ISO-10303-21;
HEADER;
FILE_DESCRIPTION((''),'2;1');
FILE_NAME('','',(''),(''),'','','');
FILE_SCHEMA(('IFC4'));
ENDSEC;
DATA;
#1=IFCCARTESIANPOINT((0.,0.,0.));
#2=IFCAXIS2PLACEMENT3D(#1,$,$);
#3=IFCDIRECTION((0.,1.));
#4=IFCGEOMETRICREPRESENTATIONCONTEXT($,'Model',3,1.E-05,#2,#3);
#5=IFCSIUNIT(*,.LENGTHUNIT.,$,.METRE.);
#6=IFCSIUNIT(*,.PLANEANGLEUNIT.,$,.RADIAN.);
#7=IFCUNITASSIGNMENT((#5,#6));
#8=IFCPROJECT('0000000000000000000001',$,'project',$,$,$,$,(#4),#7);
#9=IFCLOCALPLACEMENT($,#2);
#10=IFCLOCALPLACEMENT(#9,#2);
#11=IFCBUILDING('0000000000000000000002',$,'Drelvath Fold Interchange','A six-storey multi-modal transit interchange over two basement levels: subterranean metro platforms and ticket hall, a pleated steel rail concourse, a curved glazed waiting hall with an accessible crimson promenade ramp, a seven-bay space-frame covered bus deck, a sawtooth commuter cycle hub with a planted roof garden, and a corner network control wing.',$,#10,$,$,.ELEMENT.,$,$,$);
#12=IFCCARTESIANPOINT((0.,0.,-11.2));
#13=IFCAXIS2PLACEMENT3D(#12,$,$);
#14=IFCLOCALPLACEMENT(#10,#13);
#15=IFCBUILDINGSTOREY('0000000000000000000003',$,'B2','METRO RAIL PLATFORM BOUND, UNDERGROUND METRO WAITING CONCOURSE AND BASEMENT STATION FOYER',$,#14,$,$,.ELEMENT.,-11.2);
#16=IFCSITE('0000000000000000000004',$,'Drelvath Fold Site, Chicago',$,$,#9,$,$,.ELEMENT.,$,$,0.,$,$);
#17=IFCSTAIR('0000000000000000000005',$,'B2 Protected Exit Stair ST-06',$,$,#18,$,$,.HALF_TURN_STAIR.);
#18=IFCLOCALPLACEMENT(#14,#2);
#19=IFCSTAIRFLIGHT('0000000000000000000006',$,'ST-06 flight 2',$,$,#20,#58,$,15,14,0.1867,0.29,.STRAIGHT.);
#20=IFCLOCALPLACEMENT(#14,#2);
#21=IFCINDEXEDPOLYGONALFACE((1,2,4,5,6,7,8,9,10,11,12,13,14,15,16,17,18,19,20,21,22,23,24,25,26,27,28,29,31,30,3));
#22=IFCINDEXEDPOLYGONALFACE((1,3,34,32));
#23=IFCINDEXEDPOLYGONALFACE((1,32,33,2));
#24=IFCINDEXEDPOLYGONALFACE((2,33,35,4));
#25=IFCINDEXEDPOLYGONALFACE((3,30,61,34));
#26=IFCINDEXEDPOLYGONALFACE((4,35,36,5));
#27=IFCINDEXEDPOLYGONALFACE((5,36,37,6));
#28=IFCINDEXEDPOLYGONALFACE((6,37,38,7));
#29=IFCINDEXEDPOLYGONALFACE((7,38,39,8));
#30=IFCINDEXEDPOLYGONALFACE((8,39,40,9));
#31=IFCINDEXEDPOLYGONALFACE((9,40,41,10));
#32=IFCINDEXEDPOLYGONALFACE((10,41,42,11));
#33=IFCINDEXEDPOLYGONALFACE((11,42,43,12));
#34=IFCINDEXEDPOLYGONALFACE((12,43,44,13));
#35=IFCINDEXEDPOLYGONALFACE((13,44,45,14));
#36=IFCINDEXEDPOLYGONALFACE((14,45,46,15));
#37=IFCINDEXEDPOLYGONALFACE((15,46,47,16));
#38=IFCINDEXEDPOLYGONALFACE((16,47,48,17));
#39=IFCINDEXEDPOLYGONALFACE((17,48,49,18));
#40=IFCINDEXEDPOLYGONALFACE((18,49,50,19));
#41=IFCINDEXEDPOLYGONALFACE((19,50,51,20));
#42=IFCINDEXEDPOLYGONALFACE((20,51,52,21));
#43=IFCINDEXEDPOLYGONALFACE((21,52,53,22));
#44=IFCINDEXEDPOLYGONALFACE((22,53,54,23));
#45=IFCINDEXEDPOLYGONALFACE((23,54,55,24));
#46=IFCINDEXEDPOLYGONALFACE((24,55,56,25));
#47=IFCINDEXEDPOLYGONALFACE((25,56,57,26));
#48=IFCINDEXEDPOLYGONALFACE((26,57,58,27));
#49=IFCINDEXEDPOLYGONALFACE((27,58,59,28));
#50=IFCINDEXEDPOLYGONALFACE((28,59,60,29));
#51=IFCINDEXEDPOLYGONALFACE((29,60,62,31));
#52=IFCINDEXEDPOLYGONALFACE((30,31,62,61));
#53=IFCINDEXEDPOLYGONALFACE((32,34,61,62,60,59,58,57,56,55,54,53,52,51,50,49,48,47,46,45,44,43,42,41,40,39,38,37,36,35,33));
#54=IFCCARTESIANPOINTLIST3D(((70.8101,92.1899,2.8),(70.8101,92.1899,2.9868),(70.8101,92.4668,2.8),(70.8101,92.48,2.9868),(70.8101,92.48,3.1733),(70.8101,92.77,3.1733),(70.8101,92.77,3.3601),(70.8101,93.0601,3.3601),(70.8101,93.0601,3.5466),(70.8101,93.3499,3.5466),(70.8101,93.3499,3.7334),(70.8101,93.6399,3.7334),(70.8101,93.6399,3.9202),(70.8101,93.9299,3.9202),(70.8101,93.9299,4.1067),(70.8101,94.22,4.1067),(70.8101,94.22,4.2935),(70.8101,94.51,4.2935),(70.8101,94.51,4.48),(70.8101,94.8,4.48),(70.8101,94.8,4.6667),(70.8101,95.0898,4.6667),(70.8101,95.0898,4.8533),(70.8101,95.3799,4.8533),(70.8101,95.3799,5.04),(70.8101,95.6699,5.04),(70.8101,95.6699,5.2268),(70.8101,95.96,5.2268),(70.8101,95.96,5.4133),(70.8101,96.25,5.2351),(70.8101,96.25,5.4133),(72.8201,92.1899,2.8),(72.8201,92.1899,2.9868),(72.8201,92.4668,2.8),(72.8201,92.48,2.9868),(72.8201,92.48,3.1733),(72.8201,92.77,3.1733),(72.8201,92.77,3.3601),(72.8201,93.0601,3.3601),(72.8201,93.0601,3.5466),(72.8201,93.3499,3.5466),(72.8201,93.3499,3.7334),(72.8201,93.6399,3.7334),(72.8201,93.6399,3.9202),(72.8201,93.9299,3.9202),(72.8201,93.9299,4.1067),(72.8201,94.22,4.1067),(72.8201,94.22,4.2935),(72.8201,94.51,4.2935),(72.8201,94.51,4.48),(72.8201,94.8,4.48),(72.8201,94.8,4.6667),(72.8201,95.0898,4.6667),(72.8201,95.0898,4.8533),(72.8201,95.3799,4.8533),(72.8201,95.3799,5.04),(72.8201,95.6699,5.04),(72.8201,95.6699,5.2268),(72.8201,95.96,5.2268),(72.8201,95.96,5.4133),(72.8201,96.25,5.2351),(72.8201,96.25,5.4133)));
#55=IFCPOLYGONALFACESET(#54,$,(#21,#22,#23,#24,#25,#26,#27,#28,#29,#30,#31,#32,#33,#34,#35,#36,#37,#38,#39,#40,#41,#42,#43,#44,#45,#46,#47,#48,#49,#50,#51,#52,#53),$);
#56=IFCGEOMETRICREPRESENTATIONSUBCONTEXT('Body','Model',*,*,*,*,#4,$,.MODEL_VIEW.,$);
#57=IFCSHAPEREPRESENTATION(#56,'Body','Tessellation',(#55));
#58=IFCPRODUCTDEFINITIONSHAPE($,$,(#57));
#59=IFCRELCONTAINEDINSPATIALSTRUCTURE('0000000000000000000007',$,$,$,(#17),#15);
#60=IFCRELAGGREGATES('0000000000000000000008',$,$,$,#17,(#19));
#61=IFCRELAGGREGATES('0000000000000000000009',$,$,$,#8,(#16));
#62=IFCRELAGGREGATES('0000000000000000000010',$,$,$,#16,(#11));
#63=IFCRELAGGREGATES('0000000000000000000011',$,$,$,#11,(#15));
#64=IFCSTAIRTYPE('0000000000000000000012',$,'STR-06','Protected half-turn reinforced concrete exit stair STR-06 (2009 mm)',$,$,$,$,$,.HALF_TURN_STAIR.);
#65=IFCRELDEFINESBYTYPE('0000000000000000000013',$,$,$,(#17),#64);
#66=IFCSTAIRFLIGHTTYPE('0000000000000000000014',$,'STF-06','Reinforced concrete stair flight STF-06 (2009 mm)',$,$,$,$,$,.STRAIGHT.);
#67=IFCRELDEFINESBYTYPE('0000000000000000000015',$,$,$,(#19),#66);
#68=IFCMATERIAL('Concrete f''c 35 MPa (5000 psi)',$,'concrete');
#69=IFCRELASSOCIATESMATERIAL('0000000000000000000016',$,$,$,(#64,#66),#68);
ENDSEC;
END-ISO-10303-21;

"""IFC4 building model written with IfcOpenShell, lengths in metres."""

from ifc_helpers import new_model, si_unit, direction, frame, origin, place, context, subcontext, project, spatial, polyline, outline, extrude, material, type_object, element, aggregate, save


model = new_model("IFC4")

# Units and contexts
model_context = context("Model", 3, precision=1e-05, world=origin(), true_north=direction((0.0, 1.0)))
body_context = subcontext(model_context, "Body", "Model", "MODEL_VIEW")
ifc_project = project(units=[si_unit("LENGTHUNIT", "METRE"), si_unit("PLANEANGLEUNIT", "RADIAN")], contexts=[model_context])

# Site, building, storey
site_placement = place(None, origin())
site = spatial("IfcSite", under=ifc_project, at=site_placement, Name="Drelvath Fold Site, Chicago", CompositionType="ELEMENT", RefElevation=0.0)
building_placement = place(site_placement, origin())
building = spatial("IfcBuilding", under=site, at=building_placement, Name="Drelvath Fold Interchange", Description="A six-storey multi-modal transit interchange over two basement levels: subterranean metro platforms and ticket hall, a pleated steel rail concourse, a curved glazed waiting hall with an accessible crimson promenade ramp, a seven-bay space-frame covered bus deck, a sawtooth commuter cycle hub with a planted roof garden, and a corner network control wing.", CompositionType="ELEMENT")
storey_placement = place(building_placement, frame((0.0, 0.0, -11.2)))
storey = spatial("IfcBuildingStorey", under=building, at=storey_placement, Name="B2", Description="METRO RAIL PLATFORM BOUND, UNDERGROUND METRO WAITING CONCOURSE AND BASEMENT STATION FOYER", CompositionType="ELEMENT", Elevation=-11.2)

# Stair, stair flight
ifc_material_1 = material(Name="Concrete f'c 35 MPa (5000 psi)", Category="concrete")
stair_type = type_object("IfcStairType", Name="STR-06", Description="Protected half-turn reinforced concrete exit stair STR-06 (2009 mm)", PredefinedType="HALF_TURN_STAIR", material=ifc_material_1)
stair_placement = place(storey_placement, origin())
stair = element("IfcStair", 1, at=stair_placement, inside=storey, type_object=stair_type, Name="B2 Protected Exit Stair ST-06", PredefinedType="HALF_TURN_STAIR")
stair_flight_type = type_object("IfcStairFlightType", Name="STF-06", Description="Reinforced concrete stair flight STF-06 (2009 mm)", PredefinedType="STRAIGHT", material=ifc_material_1)
stair_flight_1_placement = place(storey_placement, frame((71.8149, 92.1899, 2.8), z_axis=(0.0, 0.0, 1.0), x_axis=(0.0, 1.0, 0.0)))
stair_flight_1 = element("IfcStairFlight", 2, at=stair_flight_1_placement, type_object=stair_flight_type, Name="ST-06 flight 2", NumberOfRisers=15, NumberOfTreads=14, PredefinedType="STRAIGHT", RiserHeight=0.1867, TreadLength=0.29, context=body_context, shape_type="SweptSolid", body=[
    extrude(outline(polyline([(0.0, 0.0), (0.0, 0.1868), (0.29, 0.1868), (0.29, 0.3733), (0.5801, 0.3733), (0.5801, 0.5601), (0.8701, 0.5601), (0.8701, 0.7466), (1.1599, 0.7466), (1.1599, 0.9333), (1.45, 0.9333), (1.45, 1.1201), (1.74, 1.1201), (1.74, 1.3066), (2.03, 1.3066), (2.03, 1.4934), (2.3201, 1.4934), (2.3201, 1.6799), (2.6101, 1.6799), (2.6101, 1.8667), (2.8999, 1.8667), (2.8999, 2.0532), (3.1899, 2.0532), (3.1899, 2.24), (3.48, 2.24), (3.48, 2.4268), (3.77, 2.4268), (3.77, 2.6133), (4.0601, 2.6133), (4.0601, 2.8), (4.0601, 2.4351), (0.2769, 0.0), (0.0, 0.0)])), frame((0.0, 1.0049, 0.0), z_axis=(0.0, -1.0, 0.0), x_axis=(1.0, 0.0, 0.0)), (0.0, 0.0, 1.0), 2.01),
])
aggregate(stair, [stair_flight_1])

save(model, "model.ifc")
